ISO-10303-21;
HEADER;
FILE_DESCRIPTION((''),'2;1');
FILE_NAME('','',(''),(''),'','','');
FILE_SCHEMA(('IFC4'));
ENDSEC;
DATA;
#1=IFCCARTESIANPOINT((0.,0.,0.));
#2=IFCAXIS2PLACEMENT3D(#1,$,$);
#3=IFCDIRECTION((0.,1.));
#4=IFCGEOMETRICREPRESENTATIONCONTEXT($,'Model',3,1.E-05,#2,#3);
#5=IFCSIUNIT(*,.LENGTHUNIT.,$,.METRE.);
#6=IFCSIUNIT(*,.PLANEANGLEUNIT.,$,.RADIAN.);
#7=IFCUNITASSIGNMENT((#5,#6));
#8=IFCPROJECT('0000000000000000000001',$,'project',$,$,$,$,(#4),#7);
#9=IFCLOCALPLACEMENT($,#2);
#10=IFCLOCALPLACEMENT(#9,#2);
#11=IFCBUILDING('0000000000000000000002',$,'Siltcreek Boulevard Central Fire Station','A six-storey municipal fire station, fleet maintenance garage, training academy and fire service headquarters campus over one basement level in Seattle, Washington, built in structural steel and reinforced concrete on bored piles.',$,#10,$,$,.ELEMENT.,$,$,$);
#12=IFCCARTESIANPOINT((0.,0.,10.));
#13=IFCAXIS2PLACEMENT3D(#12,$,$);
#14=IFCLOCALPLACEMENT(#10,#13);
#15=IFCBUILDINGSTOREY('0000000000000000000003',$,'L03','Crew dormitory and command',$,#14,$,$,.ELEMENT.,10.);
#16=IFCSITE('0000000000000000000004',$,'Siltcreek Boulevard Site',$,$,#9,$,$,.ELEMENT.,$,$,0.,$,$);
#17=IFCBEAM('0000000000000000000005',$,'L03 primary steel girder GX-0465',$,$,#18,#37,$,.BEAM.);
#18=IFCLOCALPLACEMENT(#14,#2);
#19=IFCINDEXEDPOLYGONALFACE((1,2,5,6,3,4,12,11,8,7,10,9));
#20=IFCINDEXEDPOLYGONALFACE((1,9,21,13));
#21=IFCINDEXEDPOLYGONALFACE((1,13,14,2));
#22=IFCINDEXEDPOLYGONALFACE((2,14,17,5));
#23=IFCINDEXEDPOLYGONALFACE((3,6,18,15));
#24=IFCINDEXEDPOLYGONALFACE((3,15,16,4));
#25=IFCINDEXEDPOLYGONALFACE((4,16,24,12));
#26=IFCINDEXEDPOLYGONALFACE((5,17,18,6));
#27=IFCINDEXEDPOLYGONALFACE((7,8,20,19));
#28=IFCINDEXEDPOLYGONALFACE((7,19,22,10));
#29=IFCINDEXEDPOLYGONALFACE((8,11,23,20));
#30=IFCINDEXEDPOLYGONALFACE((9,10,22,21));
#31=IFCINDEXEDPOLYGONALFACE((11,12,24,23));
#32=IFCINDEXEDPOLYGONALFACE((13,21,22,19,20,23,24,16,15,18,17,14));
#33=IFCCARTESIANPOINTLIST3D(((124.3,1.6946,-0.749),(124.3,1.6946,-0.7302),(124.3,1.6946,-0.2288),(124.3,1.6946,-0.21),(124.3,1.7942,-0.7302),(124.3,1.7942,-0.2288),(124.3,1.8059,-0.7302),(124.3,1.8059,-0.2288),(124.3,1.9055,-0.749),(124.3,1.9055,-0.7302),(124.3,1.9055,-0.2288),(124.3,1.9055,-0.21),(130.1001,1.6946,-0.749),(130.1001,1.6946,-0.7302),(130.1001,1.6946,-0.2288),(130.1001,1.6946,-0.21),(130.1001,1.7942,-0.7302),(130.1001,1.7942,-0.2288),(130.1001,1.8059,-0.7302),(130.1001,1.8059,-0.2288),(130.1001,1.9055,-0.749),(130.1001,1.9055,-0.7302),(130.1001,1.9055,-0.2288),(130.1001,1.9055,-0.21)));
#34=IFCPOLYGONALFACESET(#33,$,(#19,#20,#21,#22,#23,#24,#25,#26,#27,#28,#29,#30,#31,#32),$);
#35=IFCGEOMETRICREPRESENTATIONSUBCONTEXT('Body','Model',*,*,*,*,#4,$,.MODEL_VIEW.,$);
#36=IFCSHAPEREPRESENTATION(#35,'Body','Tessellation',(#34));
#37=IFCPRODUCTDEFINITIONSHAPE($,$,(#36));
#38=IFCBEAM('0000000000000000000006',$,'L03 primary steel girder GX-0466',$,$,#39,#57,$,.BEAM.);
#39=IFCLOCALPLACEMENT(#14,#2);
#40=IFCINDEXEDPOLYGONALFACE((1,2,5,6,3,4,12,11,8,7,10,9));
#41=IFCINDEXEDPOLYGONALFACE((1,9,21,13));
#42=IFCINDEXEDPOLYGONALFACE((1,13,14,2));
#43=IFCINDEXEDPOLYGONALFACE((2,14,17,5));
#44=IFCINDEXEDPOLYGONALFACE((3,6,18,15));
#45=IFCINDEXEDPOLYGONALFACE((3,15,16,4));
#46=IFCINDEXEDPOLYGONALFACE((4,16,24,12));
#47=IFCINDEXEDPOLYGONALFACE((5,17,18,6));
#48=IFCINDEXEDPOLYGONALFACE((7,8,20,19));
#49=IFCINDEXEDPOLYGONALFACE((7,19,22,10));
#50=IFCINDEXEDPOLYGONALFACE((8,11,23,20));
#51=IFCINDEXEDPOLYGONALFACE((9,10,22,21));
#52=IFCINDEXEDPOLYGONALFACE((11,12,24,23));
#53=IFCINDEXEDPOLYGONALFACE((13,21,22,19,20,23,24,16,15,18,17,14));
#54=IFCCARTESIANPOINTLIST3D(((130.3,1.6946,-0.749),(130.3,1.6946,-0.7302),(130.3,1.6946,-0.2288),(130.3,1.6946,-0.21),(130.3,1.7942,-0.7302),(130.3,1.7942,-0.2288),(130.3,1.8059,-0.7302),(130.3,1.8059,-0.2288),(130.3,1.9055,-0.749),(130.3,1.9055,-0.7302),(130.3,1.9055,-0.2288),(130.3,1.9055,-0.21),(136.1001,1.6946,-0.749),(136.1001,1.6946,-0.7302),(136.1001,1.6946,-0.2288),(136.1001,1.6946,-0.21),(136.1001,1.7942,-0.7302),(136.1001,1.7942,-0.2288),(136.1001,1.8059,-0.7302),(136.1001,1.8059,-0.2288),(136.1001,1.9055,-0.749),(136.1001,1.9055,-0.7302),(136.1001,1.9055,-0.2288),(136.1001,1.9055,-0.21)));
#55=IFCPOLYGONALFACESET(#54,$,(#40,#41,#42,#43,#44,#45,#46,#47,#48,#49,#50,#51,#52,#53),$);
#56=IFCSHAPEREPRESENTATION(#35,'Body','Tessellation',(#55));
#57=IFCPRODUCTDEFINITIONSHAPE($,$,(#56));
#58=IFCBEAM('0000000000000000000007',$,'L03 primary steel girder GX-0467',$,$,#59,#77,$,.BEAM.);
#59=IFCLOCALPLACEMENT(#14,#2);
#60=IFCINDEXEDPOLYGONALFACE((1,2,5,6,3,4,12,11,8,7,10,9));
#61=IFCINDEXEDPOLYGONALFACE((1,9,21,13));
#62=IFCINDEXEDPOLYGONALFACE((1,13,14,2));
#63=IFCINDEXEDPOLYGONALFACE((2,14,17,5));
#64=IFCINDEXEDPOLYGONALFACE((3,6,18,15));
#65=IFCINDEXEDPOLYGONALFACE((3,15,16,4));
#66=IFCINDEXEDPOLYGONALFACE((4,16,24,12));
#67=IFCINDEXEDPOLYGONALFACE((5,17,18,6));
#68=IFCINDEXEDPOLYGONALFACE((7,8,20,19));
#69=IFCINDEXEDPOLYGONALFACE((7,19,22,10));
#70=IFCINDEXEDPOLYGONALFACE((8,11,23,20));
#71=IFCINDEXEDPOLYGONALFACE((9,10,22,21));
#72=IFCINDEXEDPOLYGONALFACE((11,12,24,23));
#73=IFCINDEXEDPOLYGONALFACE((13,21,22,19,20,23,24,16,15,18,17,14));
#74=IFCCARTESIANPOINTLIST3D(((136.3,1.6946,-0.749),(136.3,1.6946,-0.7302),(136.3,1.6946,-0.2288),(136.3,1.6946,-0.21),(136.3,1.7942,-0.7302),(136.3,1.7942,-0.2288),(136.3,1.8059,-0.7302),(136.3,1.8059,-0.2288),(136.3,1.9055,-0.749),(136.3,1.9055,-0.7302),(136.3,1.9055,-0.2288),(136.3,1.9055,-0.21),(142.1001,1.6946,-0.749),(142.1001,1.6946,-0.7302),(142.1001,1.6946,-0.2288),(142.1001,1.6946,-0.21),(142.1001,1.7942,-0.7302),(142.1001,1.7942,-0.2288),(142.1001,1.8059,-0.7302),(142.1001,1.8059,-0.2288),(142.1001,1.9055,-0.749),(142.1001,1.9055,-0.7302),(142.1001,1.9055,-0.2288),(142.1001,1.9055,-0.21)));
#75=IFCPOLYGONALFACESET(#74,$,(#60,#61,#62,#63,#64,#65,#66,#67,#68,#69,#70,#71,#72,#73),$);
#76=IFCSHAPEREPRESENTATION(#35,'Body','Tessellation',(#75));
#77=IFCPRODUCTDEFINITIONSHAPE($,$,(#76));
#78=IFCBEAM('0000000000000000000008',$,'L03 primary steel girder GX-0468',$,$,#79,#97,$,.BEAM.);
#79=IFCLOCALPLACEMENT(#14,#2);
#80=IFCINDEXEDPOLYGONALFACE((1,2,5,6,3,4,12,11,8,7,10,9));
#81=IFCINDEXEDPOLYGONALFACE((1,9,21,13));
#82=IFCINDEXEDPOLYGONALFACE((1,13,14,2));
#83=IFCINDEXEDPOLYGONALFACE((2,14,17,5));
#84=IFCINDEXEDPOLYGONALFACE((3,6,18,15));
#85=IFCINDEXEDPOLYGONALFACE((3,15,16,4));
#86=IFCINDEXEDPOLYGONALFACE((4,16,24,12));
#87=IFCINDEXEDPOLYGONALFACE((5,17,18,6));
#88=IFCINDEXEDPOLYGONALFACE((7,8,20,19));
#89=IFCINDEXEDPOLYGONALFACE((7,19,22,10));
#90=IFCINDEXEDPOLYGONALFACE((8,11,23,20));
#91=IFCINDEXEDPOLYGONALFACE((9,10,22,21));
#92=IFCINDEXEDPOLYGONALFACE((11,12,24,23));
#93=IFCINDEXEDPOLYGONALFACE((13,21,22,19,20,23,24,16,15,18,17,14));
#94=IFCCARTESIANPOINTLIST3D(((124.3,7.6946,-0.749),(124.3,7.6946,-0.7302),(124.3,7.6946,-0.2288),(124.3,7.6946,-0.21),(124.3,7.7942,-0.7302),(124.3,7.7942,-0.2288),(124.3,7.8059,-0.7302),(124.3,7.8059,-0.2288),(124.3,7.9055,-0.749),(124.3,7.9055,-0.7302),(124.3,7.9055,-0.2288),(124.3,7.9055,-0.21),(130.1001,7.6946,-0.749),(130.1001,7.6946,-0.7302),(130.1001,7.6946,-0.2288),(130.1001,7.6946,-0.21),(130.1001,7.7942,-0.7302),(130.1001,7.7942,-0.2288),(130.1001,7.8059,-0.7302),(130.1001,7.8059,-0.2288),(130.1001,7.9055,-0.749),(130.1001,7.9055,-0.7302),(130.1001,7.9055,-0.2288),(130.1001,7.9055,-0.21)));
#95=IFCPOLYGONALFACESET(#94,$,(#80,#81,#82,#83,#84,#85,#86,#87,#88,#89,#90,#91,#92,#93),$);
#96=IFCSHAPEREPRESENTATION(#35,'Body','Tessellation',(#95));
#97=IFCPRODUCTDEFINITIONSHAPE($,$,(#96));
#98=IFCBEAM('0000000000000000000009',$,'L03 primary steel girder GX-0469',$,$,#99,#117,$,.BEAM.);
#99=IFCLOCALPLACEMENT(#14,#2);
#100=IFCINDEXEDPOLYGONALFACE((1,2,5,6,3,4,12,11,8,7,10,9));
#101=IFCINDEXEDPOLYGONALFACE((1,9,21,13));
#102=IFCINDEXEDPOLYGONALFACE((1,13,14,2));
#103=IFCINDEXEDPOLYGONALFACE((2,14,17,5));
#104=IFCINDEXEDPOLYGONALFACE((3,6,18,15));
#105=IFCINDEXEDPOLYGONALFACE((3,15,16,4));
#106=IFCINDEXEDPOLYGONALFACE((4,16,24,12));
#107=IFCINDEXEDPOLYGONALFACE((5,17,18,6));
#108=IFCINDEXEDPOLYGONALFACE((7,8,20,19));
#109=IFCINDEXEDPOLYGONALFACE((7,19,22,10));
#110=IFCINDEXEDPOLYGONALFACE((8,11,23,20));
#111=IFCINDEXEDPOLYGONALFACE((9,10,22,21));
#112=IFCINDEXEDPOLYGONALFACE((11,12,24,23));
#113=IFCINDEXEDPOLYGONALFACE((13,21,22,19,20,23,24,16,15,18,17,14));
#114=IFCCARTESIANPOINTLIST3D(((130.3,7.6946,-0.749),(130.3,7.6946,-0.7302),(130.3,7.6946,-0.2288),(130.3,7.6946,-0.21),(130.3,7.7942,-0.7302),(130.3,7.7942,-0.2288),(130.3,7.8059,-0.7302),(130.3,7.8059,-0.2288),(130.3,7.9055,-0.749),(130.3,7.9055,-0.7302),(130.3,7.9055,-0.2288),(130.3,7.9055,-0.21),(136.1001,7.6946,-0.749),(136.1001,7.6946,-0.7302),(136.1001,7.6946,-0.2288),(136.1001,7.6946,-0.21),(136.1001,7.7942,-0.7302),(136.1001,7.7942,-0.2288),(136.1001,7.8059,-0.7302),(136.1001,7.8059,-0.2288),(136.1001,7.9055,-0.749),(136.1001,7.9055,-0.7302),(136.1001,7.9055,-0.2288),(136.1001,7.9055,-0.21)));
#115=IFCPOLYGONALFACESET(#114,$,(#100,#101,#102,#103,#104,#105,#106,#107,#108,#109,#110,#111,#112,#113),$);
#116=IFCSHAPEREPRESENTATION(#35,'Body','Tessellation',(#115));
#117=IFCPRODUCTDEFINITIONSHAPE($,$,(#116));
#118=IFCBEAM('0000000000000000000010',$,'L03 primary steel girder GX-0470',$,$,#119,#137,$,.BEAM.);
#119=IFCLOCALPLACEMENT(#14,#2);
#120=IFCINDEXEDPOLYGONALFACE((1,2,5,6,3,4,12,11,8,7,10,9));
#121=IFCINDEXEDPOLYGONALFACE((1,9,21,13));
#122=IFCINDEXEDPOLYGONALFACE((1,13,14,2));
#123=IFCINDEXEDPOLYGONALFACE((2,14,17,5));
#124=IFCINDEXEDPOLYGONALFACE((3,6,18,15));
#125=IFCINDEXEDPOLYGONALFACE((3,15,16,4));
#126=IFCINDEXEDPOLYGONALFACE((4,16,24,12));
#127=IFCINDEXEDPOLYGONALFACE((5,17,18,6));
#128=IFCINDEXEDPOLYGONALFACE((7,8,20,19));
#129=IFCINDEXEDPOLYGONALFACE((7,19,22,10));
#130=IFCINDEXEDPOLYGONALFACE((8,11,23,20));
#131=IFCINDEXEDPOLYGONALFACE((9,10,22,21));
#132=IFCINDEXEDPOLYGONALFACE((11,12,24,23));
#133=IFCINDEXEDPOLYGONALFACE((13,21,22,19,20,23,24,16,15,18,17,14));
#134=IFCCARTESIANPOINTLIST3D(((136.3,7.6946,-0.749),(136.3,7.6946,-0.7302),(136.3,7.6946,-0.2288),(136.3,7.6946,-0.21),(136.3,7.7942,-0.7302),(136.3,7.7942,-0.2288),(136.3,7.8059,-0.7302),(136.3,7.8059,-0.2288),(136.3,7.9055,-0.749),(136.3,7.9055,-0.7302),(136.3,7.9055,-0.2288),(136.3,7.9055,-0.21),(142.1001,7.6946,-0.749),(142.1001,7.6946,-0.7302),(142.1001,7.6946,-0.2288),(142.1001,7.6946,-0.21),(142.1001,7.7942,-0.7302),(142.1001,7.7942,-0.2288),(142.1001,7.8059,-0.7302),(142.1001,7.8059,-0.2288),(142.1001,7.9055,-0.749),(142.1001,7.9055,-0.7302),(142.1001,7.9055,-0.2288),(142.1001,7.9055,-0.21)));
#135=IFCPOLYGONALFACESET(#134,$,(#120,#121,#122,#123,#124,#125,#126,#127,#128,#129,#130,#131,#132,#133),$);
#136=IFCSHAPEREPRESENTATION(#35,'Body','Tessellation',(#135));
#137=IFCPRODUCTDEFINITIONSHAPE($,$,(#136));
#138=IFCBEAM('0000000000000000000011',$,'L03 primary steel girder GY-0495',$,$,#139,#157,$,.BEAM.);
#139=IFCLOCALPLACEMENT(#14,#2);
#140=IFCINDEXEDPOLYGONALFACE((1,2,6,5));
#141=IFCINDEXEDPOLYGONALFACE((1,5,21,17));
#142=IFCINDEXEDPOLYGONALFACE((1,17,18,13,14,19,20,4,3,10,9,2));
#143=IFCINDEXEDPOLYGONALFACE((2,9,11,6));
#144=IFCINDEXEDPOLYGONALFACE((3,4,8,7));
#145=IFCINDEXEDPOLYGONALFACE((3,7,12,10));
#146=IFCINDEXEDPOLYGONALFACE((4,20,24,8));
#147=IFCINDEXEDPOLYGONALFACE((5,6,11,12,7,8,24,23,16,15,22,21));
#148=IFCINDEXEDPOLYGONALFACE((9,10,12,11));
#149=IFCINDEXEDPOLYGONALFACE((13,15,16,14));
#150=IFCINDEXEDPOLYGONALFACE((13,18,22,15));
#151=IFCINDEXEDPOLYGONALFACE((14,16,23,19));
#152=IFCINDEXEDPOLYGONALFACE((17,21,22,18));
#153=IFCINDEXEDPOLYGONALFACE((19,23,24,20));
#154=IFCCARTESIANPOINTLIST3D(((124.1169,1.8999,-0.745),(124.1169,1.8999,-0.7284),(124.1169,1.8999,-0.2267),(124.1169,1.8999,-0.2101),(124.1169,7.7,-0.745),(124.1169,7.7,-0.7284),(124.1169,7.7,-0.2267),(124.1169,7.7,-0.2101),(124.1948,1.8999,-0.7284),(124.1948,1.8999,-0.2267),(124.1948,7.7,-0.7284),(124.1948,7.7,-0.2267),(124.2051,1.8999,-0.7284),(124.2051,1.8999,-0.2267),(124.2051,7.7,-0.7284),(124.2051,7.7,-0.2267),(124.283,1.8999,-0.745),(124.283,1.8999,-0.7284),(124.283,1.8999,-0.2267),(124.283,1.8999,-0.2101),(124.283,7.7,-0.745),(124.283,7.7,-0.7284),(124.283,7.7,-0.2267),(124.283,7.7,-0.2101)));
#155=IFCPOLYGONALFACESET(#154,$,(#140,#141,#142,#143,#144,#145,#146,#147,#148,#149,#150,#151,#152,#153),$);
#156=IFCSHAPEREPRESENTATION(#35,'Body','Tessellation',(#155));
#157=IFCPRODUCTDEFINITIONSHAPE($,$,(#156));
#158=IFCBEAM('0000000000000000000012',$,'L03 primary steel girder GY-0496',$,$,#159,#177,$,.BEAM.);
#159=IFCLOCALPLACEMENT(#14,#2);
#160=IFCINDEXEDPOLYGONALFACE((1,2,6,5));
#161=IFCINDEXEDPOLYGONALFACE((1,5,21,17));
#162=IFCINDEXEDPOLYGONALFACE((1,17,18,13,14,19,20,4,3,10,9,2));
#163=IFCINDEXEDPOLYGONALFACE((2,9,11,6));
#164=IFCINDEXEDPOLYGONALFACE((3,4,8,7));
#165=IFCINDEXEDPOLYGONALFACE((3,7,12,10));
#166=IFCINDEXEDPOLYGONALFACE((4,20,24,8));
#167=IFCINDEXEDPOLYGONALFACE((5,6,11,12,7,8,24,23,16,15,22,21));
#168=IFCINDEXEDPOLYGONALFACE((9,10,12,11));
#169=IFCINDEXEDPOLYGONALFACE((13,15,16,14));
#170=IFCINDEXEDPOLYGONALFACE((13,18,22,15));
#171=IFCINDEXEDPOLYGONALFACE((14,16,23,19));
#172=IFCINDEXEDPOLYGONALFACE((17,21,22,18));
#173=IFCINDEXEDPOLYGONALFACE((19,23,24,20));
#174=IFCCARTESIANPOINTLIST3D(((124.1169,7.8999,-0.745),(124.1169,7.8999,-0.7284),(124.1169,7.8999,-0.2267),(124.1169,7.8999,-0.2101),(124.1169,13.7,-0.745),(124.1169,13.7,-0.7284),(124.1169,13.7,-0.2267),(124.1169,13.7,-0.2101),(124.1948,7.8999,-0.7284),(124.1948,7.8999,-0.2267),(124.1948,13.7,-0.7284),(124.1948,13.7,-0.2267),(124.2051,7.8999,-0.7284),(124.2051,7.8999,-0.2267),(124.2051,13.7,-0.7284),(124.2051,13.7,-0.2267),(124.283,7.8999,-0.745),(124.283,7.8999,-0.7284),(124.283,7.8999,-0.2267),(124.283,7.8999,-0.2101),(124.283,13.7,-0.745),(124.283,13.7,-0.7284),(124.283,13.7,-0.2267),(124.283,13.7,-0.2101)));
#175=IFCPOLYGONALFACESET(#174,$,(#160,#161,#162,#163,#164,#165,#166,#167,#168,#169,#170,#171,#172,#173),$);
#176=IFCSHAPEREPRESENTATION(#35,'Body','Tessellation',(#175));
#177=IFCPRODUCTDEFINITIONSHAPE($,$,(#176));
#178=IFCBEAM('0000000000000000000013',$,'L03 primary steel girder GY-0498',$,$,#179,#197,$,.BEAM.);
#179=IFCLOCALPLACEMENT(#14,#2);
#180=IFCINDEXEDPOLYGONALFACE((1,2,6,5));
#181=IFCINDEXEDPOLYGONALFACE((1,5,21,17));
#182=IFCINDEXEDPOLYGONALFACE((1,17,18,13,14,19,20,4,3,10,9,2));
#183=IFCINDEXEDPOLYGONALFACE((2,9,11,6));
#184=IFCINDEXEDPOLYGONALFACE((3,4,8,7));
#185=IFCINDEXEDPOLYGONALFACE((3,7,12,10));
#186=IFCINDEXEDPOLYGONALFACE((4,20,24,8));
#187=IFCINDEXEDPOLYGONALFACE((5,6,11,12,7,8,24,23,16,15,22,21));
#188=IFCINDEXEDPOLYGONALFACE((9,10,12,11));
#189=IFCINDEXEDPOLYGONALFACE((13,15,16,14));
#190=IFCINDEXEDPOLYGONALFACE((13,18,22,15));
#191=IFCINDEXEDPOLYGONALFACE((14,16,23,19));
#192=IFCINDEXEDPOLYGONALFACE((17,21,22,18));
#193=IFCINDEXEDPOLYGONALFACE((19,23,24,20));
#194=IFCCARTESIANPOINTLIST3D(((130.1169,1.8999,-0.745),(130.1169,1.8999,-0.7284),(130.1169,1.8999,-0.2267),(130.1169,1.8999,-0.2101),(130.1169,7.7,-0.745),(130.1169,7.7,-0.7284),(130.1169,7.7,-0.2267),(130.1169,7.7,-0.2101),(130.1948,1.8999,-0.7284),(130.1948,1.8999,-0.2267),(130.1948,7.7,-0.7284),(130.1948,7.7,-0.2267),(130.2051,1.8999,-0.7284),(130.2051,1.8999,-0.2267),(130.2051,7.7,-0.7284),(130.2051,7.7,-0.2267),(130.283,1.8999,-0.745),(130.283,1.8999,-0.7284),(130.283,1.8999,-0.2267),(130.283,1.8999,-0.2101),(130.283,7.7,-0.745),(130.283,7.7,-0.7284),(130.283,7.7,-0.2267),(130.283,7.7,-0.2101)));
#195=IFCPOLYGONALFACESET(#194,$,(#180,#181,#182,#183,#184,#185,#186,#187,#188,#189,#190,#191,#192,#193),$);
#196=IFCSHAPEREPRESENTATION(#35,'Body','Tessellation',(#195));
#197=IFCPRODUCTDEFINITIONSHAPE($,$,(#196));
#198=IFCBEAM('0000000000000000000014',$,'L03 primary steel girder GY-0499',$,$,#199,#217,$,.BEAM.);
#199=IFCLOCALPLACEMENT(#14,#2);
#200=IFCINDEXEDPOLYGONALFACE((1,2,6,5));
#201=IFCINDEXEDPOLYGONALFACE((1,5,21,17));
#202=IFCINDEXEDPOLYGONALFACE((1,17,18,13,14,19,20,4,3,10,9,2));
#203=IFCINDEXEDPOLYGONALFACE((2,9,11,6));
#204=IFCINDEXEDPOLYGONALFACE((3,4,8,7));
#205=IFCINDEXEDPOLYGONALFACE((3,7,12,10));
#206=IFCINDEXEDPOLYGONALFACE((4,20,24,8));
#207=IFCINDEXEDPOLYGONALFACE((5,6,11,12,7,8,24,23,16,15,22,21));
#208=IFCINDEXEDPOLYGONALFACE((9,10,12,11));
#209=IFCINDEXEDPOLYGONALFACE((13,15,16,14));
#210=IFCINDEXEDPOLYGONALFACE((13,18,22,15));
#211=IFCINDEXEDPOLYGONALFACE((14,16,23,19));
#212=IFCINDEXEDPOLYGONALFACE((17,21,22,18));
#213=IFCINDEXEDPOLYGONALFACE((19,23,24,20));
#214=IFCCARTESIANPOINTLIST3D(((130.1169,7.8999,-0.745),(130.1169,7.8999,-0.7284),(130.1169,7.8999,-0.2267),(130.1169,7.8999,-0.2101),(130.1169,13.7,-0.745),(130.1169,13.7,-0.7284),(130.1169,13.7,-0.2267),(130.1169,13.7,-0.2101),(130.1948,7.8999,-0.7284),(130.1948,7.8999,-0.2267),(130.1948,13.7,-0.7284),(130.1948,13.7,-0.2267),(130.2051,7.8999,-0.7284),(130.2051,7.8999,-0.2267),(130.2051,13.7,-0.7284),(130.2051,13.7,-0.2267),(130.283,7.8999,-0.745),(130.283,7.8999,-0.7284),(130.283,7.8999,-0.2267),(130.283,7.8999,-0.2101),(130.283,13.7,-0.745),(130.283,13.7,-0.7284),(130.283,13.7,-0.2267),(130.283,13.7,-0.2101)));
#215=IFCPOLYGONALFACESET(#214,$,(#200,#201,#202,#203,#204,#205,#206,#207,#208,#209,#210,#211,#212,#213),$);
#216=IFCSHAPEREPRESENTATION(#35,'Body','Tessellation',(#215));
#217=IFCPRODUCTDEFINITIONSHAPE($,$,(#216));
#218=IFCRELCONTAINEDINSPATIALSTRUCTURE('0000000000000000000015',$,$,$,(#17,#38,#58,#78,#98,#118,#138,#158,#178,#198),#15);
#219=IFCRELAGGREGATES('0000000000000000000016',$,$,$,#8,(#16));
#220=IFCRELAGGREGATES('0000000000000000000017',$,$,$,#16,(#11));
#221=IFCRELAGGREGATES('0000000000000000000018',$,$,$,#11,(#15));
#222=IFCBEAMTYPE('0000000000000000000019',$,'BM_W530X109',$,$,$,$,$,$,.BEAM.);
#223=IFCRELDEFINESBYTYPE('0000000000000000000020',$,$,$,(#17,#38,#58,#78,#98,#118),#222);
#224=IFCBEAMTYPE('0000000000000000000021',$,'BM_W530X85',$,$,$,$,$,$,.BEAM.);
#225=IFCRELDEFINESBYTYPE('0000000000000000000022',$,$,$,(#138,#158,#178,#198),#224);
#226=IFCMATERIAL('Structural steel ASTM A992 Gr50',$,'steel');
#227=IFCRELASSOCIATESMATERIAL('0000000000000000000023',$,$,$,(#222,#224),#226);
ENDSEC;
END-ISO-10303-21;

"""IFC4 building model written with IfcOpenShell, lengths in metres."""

from ifc_helpers import new_model, si_unit, direction, frame, origin, origin_2d, place, context, subcontext, project, spatial, i_section, extrude, material, material_profile, profile_set, type_object, element, save


model = new_model("IFC4")

# Units and contexts
model_context = context("Model", 3, precision=1e-05, world=origin(), true_north=direction((0.0, 1.0)))
body_context = subcontext(model_context, "Body", "Model", "MODEL_VIEW")
ifc_project = project(units=[si_unit("LENGTHUNIT", "METRE"), si_unit("PLANEANGLEUNIT", "RADIAN")], contexts=[model_context])

# Site, building, storey
site_placement = place(None, origin())
site = spatial("IfcSite", under=ifc_project, at=site_placement, Name="Siltcreek Boulevard Site", CompositionType="ELEMENT", RefElevation=0.0)
building_placement = place(site_placement, origin())
building = spatial("IfcBuilding", under=site, at=building_placement, Name="Siltcreek Boulevard Central Fire Station", Description="A six-storey municipal fire station, fleet maintenance garage, training academy and fire service headquarters campus over one basement level in Seattle, Washington, built in structural steel and reinforced concrete on bored piles.", CompositionType="ELEMENT")
storey_placement = place(building_placement, frame((0.0, 0.0, 10.0)))
storey = spatial("IfcBuildingStorey", under=building, at=storey_placement, Name="L03", Description="Crew dormitory and command", CompositionType="ELEMENT", Elevation=10.0)

# Beams
ifc_material_1 = material(Name="Structural steel ASTM A992 Gr50", Category="steel")
ifc_material_profile_1 = material_profile(ifc_material_1, i_section(OverallWidth=0.2109, OverallDepth=0.5391, WebThickness=0.0117, FlangeThickness=0.0188, at=origin_2d()), Name="W530X109")
ifc_profile_set_1 = profile_set([ifc_material_profile_1], Name="Structural steel ASTM A992 Gr50")
beam_type_1 = type_object("IfcBeamType", Name="BM_W530X109", PredefinedType="BEAM", material=ifc_profile_set_1)
for number, where, z_axis, x_axis, name in (
    (1, (124.3, 1.8, -0.4795), (1.0, 0.0, 0.0), (0.0, 1.0, 0.0), "L03 primary steel girder GX-0465"),
    (2, (130.3, 1.8, -0.4795), (1.0, 0.0, 0.0), (0.0, 1.0, 0.0), "L03 primary steel girder GX-0466"),
    (3, (136.3, 1.8, -0.4795), (1.0, 0.0, 0.0), (0.0, 1.0, 0.0), "L03 primary steel girder GX-0467"),
    (4, (124.3, 7.8, -0.4795), (1.0, 0.0, 0.0), (0.0, 1.0, 0.0), "L03 primary steel girder GX-0468"),
    (5, (130.3, 7.8, -0.4795), (1.0, 0.0, 0.0), (0.0, 1.0, 0.0), "L03 primary steel girder GX-0469"),
    (6, (136.3, 7.8, -0.4795), (1.0, 0.0, 0.0), (0.0, 1.0, 0.0), "L03 primary steel girder GX-0470"),
):
    element("IfcBeam", number, at=place(storey_placement, frame(where, z_axis=z_axis, x_axis=x_axis)), inside=storey, type_object=beam_type_1, Name=name, PredefinedType="BEAM", context=body_context, shape_type="SweptSolid", body=[
        extrude(i_section(OverallWidth=0.2109, OverallDepth=0.5391, WebThickness=0.0117, FlangeThickness=0.0188, at=origin_2d()), origin(), (0.0, 0.0, 1.0), 5.8),
    ])
ifc_material_profile_2 = material_profile(ifc_material_1, i_section(OverallWidth=0.166, OverallDepth=0.5349, WebThickness=0.0103, FlangeThickness=0.0166, at=origin_2d()), Name="W530X85")
ifc_profile_set_2 = profile_set([ifc_material_profile_2], Name="Structural steel ASTM A992 Gr50")
beam_type_2 = type_object("IfcBeamType", Name="BM_W530X85", PredefinedType="BEAM", material=ifc_profile_set_2)
for number, where, z_axis, x_axis, name in (
    (7, (124.2, 1.8999, -0.4775), (0.0, 1.0, 0.0), (-1.0, 0.0, 0.0), "L03 primary steel girder GY-0495"),
    (8, (124.2, 7.8999, -0.4775), (0.0, 1.0, 0.0), (-1.0, 0.0, 0.0), "L03 primary steel girder GY-0496"),
    (9, (130.2, 1.8999, -0.4775), (0.0, 1.0, 0.0), (-1.0, 0.0, 0.0), "L03 primary steel girder GY-0498"),
    (10, (130.2, 7.8999, -0.4775), (0.0, 1.0, 0.0), (-1.0, 0.0, 0.0), "L03 primary steel girder GY-0499"),
):
    element("IfcBeam", number, at=place(storey_placement, frame(where, z_axis=z_axis, x_axis=x_axis)), inside=storey, type_object=beam_type_2, Name=name, PredefinedType="BEAM", context=body_context, shape_type="SweptSolid", body=[
        extrude(i_section(OverallWidth=0.166, OverallDepth=0.5349, WebThickness=0.0103, FlangeThickness=0.0166, at=origin_2d()), origin(), (0.0, 0.0, 1.0), 5.8),
    ])

save(model, "model.ifc")
